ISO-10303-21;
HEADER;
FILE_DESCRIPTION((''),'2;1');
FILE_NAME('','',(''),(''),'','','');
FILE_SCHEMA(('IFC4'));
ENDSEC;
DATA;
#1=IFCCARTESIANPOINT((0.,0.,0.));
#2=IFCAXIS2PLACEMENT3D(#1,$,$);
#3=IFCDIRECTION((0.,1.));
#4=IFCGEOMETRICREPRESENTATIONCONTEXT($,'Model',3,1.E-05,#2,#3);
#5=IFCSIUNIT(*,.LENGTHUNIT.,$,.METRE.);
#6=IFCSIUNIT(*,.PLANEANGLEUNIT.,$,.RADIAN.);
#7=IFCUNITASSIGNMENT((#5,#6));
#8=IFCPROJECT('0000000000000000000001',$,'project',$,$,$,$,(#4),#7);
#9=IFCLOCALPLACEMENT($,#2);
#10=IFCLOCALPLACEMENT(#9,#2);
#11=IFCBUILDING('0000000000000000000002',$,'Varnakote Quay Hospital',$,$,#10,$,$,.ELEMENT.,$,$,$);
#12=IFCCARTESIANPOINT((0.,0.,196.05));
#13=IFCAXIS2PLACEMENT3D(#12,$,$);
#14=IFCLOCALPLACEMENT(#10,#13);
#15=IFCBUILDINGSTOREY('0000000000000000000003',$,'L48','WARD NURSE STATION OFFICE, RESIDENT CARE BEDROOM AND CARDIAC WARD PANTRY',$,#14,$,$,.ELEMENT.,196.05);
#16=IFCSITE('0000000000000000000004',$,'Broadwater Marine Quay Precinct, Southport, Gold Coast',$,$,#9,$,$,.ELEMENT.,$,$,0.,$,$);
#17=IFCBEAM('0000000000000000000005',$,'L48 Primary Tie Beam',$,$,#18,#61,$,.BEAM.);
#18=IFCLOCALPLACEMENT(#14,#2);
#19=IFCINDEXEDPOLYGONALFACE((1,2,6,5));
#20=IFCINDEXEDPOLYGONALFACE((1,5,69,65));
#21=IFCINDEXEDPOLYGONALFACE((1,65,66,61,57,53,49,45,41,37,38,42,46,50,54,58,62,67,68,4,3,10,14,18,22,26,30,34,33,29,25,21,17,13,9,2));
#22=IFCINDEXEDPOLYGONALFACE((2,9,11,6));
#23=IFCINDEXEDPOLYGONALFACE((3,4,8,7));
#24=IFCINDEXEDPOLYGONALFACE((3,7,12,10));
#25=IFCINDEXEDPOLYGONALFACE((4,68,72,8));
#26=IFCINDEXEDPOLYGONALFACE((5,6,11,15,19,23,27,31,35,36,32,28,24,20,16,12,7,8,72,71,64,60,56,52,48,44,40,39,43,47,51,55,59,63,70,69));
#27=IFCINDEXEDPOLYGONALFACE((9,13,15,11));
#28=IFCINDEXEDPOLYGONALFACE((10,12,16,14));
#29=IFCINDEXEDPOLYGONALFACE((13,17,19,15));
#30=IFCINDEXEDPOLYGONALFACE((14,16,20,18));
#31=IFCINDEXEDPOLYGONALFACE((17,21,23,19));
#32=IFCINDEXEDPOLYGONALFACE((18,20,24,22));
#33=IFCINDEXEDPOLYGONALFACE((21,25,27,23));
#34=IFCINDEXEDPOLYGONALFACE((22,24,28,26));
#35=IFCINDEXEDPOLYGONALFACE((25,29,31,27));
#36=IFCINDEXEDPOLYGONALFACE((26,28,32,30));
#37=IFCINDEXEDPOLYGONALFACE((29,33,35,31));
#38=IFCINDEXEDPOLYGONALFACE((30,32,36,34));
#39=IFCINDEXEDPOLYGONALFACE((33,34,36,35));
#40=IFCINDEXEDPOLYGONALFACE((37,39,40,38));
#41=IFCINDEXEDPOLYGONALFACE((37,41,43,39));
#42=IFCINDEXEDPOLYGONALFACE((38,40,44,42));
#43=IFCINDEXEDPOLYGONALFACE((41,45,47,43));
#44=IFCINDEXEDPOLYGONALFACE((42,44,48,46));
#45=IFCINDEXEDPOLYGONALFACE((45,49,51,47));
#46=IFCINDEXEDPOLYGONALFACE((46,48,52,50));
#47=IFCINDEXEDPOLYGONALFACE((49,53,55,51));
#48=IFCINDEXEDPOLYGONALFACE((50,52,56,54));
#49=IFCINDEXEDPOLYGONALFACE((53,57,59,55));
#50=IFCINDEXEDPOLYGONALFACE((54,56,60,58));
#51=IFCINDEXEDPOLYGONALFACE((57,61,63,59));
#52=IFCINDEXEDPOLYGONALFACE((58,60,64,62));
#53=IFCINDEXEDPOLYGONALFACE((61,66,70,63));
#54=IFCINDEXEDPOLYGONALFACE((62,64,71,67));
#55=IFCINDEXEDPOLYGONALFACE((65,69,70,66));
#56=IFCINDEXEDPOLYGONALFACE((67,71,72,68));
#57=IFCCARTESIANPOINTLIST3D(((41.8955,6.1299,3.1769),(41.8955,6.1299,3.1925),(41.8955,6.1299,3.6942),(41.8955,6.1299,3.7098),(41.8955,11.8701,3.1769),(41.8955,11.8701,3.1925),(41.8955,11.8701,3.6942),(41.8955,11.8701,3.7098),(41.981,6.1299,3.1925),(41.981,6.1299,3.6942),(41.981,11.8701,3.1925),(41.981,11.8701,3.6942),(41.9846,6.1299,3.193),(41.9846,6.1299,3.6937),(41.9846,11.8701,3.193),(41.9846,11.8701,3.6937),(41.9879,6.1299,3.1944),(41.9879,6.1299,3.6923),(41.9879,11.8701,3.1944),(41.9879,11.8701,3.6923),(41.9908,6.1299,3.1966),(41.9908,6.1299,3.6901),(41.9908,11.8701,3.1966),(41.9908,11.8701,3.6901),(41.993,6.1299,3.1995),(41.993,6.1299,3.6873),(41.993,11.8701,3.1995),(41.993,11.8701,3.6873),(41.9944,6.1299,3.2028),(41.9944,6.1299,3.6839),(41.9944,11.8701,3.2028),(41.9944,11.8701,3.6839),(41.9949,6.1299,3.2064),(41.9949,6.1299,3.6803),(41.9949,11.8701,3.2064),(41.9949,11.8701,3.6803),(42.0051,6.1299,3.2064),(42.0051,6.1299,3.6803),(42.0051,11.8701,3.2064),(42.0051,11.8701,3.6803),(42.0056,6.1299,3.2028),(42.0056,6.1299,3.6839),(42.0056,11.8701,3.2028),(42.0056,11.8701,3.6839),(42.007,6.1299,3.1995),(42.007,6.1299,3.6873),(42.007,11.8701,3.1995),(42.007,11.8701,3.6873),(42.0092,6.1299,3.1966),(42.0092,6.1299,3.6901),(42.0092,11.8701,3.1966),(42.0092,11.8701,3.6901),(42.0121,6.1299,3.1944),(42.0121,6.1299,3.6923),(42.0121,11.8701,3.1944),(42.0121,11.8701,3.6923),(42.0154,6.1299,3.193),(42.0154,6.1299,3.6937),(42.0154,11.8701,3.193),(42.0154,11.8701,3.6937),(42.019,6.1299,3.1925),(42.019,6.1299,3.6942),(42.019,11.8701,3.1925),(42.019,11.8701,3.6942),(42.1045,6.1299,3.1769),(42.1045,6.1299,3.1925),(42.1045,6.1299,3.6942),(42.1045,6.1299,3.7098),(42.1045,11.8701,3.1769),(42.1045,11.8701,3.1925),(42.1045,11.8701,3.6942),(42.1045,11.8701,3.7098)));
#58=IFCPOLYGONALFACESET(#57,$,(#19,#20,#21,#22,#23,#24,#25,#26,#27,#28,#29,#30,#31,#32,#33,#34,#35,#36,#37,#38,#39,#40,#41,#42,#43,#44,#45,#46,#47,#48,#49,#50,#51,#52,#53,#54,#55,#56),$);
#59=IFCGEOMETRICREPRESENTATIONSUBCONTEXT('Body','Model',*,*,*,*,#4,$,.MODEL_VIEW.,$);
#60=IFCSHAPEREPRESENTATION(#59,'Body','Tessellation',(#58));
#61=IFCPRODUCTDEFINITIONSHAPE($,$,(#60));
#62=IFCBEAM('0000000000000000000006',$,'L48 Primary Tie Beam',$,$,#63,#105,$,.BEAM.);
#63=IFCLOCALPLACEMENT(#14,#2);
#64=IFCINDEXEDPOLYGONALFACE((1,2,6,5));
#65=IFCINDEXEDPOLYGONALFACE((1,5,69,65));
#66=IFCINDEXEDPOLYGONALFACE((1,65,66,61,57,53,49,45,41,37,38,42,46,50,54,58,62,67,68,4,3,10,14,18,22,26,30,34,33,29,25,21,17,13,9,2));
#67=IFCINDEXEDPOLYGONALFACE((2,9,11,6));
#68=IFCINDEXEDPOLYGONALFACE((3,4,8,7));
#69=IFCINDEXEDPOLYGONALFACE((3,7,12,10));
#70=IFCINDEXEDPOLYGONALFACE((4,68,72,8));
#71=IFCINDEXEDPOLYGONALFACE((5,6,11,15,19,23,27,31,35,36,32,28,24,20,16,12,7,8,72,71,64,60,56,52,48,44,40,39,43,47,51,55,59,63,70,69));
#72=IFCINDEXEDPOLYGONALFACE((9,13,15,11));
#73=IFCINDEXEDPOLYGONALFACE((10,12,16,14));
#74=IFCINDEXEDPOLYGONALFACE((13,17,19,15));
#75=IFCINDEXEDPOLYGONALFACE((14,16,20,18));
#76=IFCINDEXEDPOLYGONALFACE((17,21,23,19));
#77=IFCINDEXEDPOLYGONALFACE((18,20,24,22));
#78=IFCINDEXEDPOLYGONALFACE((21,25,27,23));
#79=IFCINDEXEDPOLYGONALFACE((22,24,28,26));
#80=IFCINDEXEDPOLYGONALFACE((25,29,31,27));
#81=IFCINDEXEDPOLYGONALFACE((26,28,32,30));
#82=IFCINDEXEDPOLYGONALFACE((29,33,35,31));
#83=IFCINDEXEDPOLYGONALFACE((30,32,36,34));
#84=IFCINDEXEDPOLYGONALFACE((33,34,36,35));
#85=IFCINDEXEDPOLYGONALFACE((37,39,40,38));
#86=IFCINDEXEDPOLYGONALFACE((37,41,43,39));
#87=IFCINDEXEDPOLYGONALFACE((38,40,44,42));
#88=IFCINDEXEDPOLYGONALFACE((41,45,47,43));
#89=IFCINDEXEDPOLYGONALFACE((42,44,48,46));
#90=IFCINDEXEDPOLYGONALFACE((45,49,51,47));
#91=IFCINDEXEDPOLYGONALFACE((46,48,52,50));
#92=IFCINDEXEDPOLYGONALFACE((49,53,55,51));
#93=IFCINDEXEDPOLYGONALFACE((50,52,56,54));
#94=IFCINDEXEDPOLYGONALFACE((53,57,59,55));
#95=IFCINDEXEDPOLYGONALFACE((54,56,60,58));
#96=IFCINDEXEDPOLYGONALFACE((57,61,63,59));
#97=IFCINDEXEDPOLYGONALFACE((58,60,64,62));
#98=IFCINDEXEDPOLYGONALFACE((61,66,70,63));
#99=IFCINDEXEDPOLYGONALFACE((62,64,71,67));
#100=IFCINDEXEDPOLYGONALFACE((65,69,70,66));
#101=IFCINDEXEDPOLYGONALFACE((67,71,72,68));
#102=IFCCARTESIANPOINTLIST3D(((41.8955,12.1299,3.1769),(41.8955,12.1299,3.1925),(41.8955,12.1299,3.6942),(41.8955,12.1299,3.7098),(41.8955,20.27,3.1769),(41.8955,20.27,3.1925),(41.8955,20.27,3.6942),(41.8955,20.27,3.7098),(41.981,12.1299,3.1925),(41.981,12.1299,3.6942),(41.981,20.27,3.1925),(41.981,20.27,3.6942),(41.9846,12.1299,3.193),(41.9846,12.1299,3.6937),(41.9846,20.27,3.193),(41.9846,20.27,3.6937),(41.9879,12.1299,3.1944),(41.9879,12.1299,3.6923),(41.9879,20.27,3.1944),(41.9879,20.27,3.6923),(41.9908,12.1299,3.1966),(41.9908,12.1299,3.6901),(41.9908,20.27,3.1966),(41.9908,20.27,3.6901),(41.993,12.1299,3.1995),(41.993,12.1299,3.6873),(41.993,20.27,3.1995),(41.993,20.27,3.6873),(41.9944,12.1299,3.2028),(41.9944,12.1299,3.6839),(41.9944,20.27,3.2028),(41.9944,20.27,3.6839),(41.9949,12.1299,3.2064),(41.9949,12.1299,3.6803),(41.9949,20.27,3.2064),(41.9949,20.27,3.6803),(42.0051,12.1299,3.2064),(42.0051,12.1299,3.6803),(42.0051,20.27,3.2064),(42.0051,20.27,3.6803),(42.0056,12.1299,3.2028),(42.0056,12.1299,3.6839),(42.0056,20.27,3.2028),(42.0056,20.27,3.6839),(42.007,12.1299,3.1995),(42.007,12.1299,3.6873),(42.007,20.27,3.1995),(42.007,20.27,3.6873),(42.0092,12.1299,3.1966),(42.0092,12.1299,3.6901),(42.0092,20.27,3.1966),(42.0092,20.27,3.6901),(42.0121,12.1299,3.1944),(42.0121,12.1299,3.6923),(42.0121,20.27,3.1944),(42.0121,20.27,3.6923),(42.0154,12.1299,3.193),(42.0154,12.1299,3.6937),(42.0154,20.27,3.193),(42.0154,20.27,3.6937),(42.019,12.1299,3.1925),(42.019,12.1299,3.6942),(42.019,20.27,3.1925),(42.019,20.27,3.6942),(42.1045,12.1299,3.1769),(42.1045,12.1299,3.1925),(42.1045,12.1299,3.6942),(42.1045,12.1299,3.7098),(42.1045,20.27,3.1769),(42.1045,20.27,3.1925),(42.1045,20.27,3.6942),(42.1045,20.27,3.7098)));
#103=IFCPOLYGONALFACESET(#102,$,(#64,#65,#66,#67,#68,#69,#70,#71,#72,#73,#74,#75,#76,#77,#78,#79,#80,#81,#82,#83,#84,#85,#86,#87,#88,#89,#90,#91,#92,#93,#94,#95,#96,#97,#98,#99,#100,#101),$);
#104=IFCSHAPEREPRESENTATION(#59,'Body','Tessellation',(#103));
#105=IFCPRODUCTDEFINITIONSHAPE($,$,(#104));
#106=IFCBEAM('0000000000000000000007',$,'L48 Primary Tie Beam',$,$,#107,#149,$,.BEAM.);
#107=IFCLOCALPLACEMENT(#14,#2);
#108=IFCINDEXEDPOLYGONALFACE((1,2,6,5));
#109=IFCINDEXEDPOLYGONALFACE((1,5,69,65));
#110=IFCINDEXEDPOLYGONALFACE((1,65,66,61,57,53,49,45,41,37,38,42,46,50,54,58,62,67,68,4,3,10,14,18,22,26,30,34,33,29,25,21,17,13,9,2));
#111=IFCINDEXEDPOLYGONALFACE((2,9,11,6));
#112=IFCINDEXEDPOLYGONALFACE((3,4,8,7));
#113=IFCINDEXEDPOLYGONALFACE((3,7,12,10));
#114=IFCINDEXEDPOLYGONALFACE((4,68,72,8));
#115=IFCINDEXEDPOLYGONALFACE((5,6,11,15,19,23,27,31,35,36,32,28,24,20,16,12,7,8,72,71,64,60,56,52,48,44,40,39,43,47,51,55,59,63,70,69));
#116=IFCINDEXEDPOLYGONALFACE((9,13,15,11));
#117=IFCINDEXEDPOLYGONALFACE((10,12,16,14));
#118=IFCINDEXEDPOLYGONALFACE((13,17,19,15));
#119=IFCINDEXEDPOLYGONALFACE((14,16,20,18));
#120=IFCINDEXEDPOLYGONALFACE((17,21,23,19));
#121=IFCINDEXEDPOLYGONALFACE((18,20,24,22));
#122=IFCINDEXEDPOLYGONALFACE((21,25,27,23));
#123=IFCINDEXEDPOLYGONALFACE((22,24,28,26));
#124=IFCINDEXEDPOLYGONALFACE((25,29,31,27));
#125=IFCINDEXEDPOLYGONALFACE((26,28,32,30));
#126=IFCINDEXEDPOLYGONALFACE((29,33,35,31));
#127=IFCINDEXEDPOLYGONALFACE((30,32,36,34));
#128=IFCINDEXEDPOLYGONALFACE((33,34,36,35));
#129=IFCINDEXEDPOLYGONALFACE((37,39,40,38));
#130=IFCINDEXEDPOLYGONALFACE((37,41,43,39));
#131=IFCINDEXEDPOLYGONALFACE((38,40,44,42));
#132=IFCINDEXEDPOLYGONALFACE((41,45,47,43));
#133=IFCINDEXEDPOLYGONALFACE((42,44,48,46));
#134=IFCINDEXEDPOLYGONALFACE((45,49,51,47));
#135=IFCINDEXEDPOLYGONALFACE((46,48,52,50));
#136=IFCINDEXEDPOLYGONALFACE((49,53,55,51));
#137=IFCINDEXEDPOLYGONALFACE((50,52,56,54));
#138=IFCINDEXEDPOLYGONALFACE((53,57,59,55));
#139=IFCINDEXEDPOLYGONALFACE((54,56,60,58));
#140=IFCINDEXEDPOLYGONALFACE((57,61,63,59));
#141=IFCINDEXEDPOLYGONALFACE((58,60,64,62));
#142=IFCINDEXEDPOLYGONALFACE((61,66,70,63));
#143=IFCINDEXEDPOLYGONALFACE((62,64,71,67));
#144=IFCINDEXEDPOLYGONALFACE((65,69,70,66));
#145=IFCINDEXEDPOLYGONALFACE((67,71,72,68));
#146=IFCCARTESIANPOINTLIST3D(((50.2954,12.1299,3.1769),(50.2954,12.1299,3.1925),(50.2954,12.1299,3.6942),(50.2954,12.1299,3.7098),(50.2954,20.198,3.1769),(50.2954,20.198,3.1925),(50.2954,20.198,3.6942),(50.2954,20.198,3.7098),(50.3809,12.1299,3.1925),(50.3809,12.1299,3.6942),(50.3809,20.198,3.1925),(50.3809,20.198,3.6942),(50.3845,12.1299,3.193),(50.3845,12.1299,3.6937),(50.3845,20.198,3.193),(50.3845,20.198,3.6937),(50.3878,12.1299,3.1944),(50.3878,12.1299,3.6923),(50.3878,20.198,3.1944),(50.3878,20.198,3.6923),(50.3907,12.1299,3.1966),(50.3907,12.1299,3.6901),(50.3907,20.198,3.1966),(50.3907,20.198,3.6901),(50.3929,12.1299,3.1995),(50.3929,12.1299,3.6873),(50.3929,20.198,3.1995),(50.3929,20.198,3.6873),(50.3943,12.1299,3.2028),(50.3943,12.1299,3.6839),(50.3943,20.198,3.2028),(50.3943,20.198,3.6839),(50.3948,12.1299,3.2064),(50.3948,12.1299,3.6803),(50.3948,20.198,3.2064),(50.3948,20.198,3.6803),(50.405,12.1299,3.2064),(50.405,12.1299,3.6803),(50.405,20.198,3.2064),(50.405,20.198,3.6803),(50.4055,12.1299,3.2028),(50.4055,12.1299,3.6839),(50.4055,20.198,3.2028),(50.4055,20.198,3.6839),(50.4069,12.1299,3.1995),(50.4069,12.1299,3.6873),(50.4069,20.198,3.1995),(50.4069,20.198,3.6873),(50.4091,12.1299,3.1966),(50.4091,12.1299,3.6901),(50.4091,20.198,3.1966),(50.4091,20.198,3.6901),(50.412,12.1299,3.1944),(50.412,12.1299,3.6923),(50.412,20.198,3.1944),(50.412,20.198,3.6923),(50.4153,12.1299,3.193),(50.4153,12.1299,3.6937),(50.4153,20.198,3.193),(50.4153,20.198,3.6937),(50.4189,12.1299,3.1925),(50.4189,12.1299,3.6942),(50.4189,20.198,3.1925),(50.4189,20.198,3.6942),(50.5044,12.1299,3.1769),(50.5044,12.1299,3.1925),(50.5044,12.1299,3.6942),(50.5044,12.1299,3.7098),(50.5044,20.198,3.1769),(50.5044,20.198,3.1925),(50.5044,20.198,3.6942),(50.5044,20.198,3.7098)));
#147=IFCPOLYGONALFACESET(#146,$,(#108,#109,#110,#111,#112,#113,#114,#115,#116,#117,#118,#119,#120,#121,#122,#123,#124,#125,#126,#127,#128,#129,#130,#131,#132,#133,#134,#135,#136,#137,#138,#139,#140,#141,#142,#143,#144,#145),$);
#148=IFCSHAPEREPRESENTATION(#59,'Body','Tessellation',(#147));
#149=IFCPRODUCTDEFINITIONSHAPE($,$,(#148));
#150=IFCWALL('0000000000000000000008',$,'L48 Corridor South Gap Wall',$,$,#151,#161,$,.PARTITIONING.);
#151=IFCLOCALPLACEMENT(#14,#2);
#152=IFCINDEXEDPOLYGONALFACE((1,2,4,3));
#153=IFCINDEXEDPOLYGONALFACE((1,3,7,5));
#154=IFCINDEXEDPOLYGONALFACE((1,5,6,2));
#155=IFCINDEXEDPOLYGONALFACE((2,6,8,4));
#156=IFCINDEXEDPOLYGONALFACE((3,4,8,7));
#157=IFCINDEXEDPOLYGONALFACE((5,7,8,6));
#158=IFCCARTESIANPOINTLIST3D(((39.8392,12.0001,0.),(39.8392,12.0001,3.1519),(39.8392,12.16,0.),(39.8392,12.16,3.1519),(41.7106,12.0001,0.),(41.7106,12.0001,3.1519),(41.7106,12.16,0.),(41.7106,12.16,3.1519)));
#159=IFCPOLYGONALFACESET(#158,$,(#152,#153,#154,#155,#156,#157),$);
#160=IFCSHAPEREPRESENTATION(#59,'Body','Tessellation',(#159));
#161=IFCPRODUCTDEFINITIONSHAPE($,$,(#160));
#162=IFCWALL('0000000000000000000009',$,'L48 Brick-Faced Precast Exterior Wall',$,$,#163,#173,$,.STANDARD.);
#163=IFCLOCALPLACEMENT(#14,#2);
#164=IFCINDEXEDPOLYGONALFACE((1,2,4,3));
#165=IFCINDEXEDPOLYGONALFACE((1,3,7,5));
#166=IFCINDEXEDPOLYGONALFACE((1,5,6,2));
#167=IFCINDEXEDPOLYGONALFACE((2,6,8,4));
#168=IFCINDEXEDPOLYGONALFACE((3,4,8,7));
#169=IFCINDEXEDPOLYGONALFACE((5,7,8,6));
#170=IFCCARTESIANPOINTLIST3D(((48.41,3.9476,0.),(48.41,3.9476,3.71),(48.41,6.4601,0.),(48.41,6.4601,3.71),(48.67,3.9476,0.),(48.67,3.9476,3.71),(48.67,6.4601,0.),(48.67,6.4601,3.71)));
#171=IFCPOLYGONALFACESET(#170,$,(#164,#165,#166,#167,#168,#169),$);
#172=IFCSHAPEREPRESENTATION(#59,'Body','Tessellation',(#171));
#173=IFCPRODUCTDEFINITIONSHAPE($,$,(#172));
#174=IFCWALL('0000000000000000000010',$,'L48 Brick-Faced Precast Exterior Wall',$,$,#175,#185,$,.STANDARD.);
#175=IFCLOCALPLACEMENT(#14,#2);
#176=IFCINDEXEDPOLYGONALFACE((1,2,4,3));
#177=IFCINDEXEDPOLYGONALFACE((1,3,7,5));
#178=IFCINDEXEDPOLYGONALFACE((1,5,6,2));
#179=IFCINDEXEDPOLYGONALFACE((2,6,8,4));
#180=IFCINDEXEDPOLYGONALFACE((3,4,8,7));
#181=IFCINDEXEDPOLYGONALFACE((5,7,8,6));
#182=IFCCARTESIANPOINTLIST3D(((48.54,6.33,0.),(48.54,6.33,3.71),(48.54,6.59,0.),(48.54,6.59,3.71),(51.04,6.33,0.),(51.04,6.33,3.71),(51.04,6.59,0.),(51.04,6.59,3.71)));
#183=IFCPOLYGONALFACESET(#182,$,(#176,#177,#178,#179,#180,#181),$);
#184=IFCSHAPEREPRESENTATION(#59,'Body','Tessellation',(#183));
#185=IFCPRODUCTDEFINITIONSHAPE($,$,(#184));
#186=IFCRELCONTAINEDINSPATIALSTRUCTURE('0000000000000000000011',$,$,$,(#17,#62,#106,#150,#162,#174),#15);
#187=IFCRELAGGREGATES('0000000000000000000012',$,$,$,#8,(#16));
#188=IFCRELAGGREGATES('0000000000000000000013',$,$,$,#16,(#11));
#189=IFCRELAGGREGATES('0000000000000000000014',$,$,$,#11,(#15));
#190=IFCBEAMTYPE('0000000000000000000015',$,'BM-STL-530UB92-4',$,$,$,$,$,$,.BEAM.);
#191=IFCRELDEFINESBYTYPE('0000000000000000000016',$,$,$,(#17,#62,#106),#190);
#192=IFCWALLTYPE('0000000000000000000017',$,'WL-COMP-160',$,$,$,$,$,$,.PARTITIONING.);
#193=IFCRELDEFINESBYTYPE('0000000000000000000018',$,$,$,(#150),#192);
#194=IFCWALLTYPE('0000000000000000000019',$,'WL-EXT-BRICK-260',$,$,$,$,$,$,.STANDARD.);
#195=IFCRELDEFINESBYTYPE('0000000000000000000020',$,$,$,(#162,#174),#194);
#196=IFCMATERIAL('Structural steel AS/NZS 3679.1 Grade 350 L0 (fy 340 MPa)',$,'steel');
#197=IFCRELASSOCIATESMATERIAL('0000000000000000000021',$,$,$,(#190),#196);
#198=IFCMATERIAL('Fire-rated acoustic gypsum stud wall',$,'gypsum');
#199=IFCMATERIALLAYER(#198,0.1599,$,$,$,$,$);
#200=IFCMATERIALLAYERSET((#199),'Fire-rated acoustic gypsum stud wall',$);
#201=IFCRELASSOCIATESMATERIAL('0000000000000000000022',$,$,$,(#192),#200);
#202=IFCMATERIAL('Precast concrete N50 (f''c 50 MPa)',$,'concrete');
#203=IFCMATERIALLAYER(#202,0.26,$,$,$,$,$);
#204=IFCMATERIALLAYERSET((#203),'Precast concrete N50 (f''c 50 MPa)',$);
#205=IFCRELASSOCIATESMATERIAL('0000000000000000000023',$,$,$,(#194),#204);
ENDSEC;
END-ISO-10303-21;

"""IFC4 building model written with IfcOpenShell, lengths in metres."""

from ifc_helpers import new_model, si_unit, direction, frame, frame_2d, origin, origin_2d, place, context, subcontext, project, spatial, rectangle, i_section, extrude, material, layer, layer_set, material_profile, profile_set, type_object, element, save


model = new_model("IFC4")

# Units and contexts
model_context = context("Model", 3, precision=1e-05, world=origin(), true_north=direction((0.0, 1.0)))
body_context = subcontext(model_context, "Body", "Model", "MODEL_VIEW")
ifc_project = project(units=[si_unit("LENGTHUNIT", "METRE"), si_unit("PLANEANGLEUNIT", "RADIAN")], contexts=[model_context])

# Site, building, storey
site_placement = place(None, origin())
site = spatial("IfcSite", under=ifc_project, at=site_placement, Name="Broadwater Marine Quay Precinct, Southport, Gold Coast", CompositionType="ELEMENT", RefElevation=0.0)
building_placement = place(site_placement, origin())
building = spatial("IfcBuilding", under=site, at=building_placement, Name="Varnakote Quay Hospital", CompositionType="ELEMENT")
storey_placement = place(building_placement, frame((0.0, 0.0, 196.05)))
storey = spatial("IfcBuildingStorey", under=building, at=storey_placement, Name="L48", Description="WARD NURSE STATION OFFICE, RESIDENT CARE BEDROOM AND CARDIAC WARD PANTRY", CompositionType="ELEMENT", Elevation=196.05)

# Beams
ifc_material_1 = material(Name="Structural steel AS/NZS 3679.1 Grade 350 L0 (fy 340 MPa)", Category="steel")
ifc_material_profile_1 = material_profile(ifc_material_1, i_section(OverallWidth=0.209, OverallDepth=0.533, WebThickness=0.0103, FlangeThickness=0.0156, FilletRadius=0.0139, at=origin_2d()), Name="530UB92.4")
ifc_profile_set_1 = profile_set([ifc_material_profile_1], Name="Structural steel AS/NZS 3679.1 Grade 350 L0 (fy 340 MPa)")
beam_type = type_object("IfcBeamType", Name="BM-STL-530UB92-4", PredefinedType="BEAM", material=ifc_profile_set_1)
beam_1_placement = place(storey_placement, frame((42.0, 6.1299, 3.4434), z_axis=(0.0, 1.0, 0.0), x_axis=(-1.0, 0.0, 0.0)))
element("IfcBeam", 1, at=beam_1_placement, inside=storey, type_object=beam_type, Name="L48 Primary Tie Beam", PredefinedType="BEAM", context=body_context, shape_type="SweptSolid", body=[
    extrude(i_section(OverallWidth=0.209, OverallDepth=0.533, WebThickness=0.0103, FlangeThickness=0.0156, FilletRadius=0.0139, at=origin_2d()), origin(), (0.0, 0.0, 1.0), 5.7402),
])
beam_2_placement = place(storey_placement, frame((42.0, 12.1299, 3.4434), z_axis=(0.0, 1.0, 0.0), x_axis=(-1.0, 0.0, 0.0)))
element("IfcBeam", 2, at=beam_2_placement, inside=storey, type_object=beam_type, Name="L48 Primary Tie Beam", PredefinedType="BEAM", context=body_context, shape_type="SweptSolid", body=[
    extrude(i_section(OverallWidth=0.209, OverallDepth=0.533, WebThickness=0.0103, FlangeThickness=0.0156, FilletRadius=0.0139, at=origin_2d()), origin(), (0.0, 0.0, 1.0), 8.1401),
])
beam_3_placement = place(storey_placement, frame((50.3999, 12.1299, 3.4434), z_axis=(0.0, 1.0, 0.0), x_axis=(-1.0, 0.0, 0.0)))
element("IfcBeam", 3, at=beam_3_placement, inside=storey, type_object=beam_type, Name="L48 Primary Tie Beam", PredefinedType="BEAM", context=body_context, shape_type="SweptSolid", body=[
    extrude(i_section(OverallWidth=0.209, OverallDepth=0.533, WebThickness=0.0103, FlangeThickness=0.0156, FilletRadius=0.0139, at=origin_2d()), origin(), (0.0, 0.0, 1.0), 8.0681),
])

# Walls
ifc_material_2 = material(Name="Fire-rated acoustic gypsum stud wall", Category="gypsum")
ifc_layer_1 = layer(ifc_material_2, 0.1599)
ifc_layer_set_1 = layer_set([ifc_layer_1], Name="Fire-rated acoustic gypsum stud wall")
wall_type_1 = type_object("IfcWallType", Name="WL-COMP-160", PredefinedType="PARTITIONING", material=ifc_layer_set_1)
wall_1_placement = place(storey_placement, frame((39.8394, 12.0801, 0.0), z_axis=(0.0, 0.0, 1.0), x_axis=(1.0, 0.0, 0.0)))
element("IfcWall", 4, at=wall_1_placement, inside=storey, type_object=wall_type_1, Name="L48 Corridor South Gap Wall", PredefinedType="PARTITIONING", context=body_context, shape_type="SweptSolid", body=[
    extrude(rectangle(XDim=1.8713, YDim=0.1599, at=frame_2d((0.9355, 0.0))), origin(), (0.0, 0.0, 1.0), 3.1519),
])
ifc_material_3 = material(Name="Precast concrete N50 (f'c 50 MPa)", Category="concrete")
ifc_layer_2 = layer(ifc_material_3, 0.26)
ifc_layer_set_2 = layer_set([ifc_layer_2], Name="Precast concrete N50 (f'c 50 MPa)")
wall_type_2 = type_object("IfcWallType", Name="WL-EXT-BRICK-260", PredefinedType="STANDARD", material=ifc_layer_set_2)
wall_2_placement = place(storey_placement, frame((48.54, 3.9475, 0.0), z_axis=(0.0, 0.0, 1.0), x_axis=(0.0, 1.0, 0.0)))
element("IfcWall", 5, at=wall_2_placement, inside=storey, type_object=wall_type_2, Name="L48 Brick-Faced Precast Exterior Wall", PredefinedType="STANDARD", context=body_context, shape_type="SweptSolid", body=[
    extrude(rectangle(XDim=2.5125, YDim=0.26, at=frame_2d((1.2563, 0.0))), origin(), (0.0, 0.0, 1.0), 3.71),
])
wall_3_placement = place(storey_placement, frame((48.54, 6.46, 0.0), z_axis=(0.0, 0.0, 1.0), x_axis=(1.0, 0.0, 0.0)))
element("IfcWall", 6, at=wall_3_placement, inside=storey, type_object=wall_type_2, Name="L48 Brick-Faced Precast Exterior Wall", PredefinedType="STANDARD", context=body_context, shape_type="SweptSolid", body=[
    extrude(rectangle(XDim=2.5, YDim=0.26, at=frame_2d((1.25, 0.0))), origin(), (0.0, 0.0, 1.0), 3.71),
])

save(model, "model.ifc")
